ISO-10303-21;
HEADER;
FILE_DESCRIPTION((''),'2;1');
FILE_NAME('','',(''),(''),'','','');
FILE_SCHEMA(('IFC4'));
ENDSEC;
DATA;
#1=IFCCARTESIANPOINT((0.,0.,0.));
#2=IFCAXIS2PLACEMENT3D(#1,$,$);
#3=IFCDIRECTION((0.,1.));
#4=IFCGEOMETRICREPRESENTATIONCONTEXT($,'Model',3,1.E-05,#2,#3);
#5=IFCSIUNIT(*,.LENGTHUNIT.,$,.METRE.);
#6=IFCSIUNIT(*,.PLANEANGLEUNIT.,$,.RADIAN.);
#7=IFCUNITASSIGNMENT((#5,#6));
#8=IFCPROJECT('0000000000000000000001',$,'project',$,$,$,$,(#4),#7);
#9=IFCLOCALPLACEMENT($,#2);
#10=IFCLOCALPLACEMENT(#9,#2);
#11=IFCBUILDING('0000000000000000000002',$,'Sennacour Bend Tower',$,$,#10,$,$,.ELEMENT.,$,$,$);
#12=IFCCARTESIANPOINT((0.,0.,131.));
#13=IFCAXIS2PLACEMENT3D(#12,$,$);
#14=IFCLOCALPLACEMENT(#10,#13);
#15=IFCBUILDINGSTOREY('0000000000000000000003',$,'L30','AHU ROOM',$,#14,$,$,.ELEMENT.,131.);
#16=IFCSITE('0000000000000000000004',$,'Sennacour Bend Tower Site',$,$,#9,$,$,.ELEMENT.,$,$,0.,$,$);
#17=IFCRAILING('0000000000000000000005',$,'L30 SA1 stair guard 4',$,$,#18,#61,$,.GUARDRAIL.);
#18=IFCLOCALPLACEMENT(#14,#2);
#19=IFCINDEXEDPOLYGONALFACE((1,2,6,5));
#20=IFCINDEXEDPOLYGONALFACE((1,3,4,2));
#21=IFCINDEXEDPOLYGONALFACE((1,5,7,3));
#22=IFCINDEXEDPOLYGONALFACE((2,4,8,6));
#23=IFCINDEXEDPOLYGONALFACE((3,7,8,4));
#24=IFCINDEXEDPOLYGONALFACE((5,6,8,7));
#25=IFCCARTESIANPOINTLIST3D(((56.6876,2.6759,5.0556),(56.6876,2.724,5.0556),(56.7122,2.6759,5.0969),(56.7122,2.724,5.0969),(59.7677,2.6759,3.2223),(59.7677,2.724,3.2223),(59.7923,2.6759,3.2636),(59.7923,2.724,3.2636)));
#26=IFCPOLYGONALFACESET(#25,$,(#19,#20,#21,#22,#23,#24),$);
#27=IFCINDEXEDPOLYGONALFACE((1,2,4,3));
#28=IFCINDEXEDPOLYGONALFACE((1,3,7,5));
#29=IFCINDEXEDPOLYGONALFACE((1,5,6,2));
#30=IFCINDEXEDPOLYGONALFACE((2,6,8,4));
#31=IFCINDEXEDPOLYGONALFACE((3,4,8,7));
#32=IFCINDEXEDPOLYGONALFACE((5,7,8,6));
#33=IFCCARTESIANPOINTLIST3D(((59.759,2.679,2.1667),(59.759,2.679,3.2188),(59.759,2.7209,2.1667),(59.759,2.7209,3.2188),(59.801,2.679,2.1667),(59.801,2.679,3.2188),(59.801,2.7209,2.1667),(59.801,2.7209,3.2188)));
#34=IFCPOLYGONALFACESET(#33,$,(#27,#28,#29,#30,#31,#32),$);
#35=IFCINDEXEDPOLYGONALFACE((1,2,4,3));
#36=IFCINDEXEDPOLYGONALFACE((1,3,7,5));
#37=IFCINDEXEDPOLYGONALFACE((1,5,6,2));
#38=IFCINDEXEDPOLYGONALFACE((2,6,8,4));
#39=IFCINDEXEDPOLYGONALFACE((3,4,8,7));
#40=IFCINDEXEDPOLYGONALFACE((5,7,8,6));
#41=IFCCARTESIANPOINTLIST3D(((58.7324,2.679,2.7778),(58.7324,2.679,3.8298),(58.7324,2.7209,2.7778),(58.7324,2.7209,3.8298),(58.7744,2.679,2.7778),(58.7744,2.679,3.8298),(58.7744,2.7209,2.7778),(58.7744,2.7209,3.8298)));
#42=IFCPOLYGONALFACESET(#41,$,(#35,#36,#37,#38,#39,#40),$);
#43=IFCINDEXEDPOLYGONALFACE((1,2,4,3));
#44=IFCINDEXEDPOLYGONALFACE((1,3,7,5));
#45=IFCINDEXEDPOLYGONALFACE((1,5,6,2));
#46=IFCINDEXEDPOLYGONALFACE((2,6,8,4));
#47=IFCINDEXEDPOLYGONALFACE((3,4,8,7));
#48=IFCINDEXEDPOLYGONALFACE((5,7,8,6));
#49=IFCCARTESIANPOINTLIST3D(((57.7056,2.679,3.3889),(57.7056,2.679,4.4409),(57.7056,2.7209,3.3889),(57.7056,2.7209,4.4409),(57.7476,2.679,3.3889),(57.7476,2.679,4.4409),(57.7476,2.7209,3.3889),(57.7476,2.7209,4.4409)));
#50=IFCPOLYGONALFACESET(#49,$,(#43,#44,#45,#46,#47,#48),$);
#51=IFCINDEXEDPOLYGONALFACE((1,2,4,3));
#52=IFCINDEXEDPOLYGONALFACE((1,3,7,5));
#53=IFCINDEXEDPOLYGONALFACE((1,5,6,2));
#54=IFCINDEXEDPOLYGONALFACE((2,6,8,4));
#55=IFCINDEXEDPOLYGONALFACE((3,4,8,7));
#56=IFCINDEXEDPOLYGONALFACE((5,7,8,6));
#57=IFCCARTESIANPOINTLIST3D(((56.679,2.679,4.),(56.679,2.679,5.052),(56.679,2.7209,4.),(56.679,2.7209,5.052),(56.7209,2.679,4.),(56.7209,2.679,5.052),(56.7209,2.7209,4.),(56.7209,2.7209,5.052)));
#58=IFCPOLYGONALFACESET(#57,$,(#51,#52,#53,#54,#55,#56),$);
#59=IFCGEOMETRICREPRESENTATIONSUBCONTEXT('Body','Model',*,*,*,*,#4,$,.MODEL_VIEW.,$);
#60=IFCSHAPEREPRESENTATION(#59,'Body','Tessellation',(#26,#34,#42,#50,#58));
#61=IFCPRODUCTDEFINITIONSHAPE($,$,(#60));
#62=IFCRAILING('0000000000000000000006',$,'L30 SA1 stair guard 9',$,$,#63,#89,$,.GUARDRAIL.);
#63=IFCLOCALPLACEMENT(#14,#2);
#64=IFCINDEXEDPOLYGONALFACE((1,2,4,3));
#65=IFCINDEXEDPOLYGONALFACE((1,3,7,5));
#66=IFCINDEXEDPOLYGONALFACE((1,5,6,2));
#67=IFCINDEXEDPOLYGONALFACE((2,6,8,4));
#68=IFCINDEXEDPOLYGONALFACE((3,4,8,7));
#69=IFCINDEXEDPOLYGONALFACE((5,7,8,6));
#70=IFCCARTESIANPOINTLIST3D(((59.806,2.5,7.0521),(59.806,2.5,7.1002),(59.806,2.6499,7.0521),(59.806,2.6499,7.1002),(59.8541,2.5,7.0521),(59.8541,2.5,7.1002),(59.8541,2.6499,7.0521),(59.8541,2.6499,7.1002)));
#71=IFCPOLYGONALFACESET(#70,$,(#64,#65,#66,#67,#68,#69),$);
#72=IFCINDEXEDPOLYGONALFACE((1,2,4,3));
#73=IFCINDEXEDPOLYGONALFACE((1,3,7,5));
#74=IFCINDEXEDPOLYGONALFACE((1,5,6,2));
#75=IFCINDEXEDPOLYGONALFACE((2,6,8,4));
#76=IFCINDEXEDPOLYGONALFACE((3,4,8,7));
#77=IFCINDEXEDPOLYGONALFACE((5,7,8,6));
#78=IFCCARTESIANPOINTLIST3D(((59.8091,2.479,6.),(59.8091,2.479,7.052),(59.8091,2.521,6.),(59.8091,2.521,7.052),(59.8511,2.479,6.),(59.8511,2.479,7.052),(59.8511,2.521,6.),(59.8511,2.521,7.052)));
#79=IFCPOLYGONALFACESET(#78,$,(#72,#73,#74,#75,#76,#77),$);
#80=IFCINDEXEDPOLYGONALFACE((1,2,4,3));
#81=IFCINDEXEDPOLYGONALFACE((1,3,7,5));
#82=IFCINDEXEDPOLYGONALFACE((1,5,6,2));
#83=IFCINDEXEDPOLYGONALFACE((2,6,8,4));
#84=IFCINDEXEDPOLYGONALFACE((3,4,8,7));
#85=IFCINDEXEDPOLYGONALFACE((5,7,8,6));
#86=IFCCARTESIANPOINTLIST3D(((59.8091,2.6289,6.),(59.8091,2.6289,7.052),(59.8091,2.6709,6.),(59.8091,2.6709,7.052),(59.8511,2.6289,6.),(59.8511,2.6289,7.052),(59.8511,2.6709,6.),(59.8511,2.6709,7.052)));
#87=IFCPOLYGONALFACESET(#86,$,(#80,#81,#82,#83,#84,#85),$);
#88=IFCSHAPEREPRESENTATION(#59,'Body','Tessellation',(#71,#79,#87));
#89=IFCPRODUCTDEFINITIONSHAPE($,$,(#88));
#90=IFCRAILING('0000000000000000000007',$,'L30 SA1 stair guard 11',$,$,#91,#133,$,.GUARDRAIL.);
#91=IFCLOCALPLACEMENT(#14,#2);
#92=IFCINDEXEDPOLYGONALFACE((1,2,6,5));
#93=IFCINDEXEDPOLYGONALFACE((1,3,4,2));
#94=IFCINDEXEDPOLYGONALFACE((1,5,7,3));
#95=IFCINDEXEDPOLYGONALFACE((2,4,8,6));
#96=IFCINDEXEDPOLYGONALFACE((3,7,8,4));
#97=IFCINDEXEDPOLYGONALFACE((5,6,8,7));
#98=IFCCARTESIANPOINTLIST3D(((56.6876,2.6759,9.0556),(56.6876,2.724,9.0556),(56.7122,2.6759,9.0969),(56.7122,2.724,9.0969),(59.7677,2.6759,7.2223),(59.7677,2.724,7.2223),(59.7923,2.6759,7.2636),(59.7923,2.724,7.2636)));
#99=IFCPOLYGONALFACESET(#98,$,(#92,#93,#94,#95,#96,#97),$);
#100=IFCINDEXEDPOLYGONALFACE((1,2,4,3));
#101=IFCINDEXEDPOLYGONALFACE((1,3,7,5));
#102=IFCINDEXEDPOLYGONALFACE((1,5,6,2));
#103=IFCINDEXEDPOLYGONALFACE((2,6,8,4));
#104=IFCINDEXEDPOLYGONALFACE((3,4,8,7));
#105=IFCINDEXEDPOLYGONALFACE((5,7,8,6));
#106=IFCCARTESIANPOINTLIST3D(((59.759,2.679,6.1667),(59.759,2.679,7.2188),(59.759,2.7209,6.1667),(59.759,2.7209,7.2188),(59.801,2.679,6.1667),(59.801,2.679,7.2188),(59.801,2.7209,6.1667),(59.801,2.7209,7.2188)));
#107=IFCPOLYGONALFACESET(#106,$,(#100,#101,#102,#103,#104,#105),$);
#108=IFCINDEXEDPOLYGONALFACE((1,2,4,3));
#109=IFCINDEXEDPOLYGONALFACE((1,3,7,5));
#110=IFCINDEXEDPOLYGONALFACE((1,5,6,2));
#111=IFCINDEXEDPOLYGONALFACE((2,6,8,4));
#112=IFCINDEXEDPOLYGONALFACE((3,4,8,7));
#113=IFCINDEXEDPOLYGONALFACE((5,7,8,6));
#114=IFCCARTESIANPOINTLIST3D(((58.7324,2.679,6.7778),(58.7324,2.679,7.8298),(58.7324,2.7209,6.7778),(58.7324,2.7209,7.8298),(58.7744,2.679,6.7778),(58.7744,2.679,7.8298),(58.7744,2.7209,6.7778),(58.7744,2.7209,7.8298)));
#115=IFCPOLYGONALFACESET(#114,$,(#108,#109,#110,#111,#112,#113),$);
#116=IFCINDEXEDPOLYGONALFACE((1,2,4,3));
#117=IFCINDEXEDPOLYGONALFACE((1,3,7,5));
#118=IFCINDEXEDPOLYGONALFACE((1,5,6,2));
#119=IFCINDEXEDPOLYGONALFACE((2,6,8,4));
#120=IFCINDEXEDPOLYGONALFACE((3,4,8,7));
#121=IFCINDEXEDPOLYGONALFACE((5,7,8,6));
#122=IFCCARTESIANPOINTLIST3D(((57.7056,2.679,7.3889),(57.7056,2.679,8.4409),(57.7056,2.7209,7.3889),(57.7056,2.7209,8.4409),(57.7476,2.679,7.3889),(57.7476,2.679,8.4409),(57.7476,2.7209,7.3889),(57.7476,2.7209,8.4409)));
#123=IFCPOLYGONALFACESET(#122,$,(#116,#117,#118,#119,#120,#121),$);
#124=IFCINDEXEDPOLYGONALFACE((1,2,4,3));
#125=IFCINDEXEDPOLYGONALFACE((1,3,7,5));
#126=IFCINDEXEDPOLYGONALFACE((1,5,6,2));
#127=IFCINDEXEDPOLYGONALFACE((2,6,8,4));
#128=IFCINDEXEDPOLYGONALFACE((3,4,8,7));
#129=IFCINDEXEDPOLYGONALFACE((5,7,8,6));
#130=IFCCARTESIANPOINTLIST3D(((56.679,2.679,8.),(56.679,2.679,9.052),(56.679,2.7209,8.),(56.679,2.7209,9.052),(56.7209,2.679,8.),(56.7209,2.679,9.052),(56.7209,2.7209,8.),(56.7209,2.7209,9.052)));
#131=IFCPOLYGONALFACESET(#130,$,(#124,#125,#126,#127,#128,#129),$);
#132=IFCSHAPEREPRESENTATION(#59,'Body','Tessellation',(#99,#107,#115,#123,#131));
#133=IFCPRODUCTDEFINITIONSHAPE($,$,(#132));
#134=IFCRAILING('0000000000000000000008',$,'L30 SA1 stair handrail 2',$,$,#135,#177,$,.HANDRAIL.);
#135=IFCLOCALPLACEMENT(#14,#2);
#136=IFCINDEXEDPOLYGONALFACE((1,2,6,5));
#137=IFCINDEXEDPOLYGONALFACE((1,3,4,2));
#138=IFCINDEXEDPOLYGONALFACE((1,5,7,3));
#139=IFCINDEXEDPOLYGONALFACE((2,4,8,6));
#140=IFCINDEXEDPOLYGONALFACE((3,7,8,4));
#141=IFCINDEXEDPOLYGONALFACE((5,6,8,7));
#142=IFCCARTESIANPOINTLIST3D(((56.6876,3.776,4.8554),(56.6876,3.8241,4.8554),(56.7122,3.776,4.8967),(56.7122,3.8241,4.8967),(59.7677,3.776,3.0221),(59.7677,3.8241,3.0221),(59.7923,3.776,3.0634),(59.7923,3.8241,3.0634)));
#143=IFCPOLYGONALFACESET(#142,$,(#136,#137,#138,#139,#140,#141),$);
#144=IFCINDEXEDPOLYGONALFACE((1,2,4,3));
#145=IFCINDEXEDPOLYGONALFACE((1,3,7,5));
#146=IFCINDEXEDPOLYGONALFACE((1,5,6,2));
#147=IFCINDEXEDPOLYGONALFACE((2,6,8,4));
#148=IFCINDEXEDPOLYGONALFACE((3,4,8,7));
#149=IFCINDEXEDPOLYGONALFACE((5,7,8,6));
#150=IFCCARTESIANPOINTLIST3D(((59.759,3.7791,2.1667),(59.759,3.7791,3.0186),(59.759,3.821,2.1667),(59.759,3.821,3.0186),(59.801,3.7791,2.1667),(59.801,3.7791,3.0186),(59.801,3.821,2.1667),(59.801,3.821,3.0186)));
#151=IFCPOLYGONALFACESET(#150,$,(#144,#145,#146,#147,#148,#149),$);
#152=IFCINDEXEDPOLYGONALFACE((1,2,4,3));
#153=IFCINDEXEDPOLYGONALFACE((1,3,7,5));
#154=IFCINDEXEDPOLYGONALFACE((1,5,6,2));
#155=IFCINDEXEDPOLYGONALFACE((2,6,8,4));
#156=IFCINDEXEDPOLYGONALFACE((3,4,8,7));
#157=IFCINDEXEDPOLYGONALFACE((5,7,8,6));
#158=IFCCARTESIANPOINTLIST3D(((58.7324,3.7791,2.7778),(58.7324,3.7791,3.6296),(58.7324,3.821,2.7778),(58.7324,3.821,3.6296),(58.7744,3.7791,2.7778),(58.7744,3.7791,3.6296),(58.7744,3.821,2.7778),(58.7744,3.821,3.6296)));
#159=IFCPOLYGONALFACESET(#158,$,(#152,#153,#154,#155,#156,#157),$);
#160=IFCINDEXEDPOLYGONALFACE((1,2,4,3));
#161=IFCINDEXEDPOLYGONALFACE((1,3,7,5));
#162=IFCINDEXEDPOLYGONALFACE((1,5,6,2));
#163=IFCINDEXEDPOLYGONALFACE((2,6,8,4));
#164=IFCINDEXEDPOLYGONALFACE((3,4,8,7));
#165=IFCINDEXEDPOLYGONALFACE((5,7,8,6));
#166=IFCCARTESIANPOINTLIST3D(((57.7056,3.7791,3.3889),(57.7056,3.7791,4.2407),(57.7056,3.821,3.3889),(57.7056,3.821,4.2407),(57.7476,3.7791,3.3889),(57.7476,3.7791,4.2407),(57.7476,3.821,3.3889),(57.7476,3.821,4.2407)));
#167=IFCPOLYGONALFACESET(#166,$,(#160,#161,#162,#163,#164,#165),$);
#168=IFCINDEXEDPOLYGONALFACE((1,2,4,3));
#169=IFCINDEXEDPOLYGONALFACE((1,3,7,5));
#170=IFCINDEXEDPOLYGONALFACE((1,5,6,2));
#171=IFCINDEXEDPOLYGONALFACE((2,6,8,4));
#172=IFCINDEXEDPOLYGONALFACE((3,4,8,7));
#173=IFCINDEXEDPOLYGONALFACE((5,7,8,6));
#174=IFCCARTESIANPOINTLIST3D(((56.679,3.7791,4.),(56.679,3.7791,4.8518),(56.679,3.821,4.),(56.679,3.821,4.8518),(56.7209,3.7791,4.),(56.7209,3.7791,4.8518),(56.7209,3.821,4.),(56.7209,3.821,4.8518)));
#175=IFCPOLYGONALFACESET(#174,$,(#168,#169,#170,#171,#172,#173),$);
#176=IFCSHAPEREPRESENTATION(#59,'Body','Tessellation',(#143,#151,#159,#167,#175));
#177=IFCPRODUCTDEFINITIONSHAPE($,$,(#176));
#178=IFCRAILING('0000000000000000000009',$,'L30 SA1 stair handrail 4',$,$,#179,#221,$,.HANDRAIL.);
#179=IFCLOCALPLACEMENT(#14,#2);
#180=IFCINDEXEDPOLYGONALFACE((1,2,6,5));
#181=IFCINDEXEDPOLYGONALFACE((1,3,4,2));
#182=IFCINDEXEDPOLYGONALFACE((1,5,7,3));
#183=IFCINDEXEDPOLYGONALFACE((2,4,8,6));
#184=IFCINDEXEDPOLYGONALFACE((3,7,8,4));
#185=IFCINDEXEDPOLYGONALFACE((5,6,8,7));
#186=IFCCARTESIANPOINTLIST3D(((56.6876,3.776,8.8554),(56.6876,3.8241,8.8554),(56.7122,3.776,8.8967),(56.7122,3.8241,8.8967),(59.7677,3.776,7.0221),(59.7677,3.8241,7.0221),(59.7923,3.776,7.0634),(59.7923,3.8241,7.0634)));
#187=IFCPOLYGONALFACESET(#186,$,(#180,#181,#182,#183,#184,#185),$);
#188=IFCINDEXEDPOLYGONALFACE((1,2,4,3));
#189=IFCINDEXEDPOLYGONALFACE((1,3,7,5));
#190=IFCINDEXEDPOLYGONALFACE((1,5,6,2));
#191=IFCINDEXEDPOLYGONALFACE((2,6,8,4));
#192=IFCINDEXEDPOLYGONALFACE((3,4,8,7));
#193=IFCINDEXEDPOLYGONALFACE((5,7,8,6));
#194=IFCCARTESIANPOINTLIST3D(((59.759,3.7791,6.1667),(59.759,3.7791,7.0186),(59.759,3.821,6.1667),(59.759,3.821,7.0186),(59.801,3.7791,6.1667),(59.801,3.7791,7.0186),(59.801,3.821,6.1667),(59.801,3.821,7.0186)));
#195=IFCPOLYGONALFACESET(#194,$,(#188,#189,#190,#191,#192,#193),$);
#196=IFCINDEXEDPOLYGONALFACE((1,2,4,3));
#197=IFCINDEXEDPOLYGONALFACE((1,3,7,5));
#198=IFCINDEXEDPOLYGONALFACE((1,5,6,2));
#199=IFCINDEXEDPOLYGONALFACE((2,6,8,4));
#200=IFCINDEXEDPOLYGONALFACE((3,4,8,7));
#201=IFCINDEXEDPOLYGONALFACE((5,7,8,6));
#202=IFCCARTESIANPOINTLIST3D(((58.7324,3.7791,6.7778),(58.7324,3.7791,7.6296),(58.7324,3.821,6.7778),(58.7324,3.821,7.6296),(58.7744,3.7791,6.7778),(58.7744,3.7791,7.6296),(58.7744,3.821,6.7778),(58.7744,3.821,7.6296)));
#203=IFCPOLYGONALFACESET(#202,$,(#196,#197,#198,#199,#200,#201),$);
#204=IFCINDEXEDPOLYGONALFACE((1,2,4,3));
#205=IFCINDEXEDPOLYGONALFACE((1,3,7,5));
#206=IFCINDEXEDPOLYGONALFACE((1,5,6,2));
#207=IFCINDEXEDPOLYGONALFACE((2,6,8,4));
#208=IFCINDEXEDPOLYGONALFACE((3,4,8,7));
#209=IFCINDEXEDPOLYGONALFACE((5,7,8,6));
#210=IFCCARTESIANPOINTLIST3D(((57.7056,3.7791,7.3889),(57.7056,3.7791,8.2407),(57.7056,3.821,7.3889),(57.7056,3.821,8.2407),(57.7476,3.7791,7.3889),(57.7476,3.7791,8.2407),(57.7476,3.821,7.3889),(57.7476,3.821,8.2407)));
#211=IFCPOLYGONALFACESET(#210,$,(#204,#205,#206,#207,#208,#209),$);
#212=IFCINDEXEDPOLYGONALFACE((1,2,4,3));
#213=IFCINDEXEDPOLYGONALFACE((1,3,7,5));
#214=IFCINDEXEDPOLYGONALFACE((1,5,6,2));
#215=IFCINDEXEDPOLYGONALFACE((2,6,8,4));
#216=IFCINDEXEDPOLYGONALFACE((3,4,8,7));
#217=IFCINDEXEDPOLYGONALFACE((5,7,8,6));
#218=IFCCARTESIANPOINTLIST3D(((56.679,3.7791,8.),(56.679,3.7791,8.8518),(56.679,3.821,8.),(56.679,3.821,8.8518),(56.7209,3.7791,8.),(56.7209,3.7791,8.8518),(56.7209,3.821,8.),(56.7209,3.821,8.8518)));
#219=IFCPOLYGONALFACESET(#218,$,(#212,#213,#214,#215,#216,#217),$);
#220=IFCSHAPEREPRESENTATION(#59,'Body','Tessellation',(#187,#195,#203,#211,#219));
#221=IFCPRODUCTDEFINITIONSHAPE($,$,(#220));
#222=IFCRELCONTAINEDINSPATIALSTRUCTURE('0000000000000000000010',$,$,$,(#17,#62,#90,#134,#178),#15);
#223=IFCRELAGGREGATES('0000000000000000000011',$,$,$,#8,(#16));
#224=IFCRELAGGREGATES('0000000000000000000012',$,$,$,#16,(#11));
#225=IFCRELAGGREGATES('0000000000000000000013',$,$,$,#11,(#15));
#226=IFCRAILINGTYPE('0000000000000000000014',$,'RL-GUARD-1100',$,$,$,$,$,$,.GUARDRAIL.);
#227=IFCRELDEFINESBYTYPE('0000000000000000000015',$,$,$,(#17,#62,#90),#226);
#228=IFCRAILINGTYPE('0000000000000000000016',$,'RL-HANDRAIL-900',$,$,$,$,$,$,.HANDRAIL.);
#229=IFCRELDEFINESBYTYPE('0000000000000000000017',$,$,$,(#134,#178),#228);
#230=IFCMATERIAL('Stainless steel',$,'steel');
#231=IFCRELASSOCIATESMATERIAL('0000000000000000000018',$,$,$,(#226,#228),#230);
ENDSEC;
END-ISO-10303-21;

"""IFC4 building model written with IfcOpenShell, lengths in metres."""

from ifc_helpers import new_model, si_unit, direction, frame, origin, origin_2d, place, context, subcontext, project, spatial, rectangle, extrude, material, type_object, element, save


model = new_model("IFC4")

# Units and contexts
model_context = context("Model", 3, precision=1e-05, world=origin(), true_north=direction((0.0, 1.0)))
body_context = subcontext(model_context, "Body", "Model", "MODEL_VIEW")
ifc_project = project(units=[si_unit("LENGTHUNIT", "METRE"), si_unit("PLANEANGLEUNIT", "RADIAN")], contexts=[model_context])

# Site, building, storey
site_placement = place(None, origin())
site = spatial("IfcSite", under=ifc_project, at=site_placement, Name="Sennacour Bend Tower Site", CompositionType="ELEMENT", RefElevation=0.0)
building_placement = place(site_placement, origin())
building = spatial("IfcBuilding", under=site, at=building_placement, Name="Sennacour Bend Tower", CompositionType="ELEMENT")
storey_placement = place(building_placement, frame((0.0, 0.0, 131.0)))
storey = spatial("IfcBuildingStorey", under=building, at=storey_placement, Name="L30", Description="AHU ROOM", CompositionType="ELEMENT", Elevation=131.0)

# Shared definitions
ifc_material_1 = material(Name="Stainless steel", Category="steel")

# Railings
railing_type_1 = type_object("IfcRailingType", Name="RL-GUARD-1100", PredefinedType="GUARDRAIL", material=ifc_material_1)
railing_1_placement = place(storey_placement, frame((59.78, 2.7, 2.1667)))
element("IfcRailing", 1, at=railing_1_placement, inside=storey, type_object=railing_type_1, Name="L30 SA1 stair guard 4", PredefinedType="GUARDRAIL", context=body_context, shape_type="SweptSolid", body=[
    extrude(rectangle(XDim=0.0481, YDim=0.0481, at=origin_2d()), frame((0.0, 0.0, 1.0762), z_axis=(-0.859309, 0.0, 0.511458), x_axis=(0.0, -1.0, 0.0)), (0.0, 0.0, 1.0), 3.5845),
    extrude(rectangle(XDim=0.042, YDim=0.042, at=origin_2d()), origin(), (0.0, 0.0, 1.0), 1.052),
    extrude(rectangle(XDim=0.042, YDim=0.042, at=origin_2d()), frame((-1.0266, 0.0, 0.6111)), (0.0, 0.0, 1.0), 1.052),
    extrude(rectangle(XDim=0.042, YDim=0.042, at=origin_2d()), frame((-2.0535, 0.0, 1.2222)), (0.0, 0.0, 1.0), 1.052),
    extrude(rectangle(XDim=0.042, YDim=0.042, at=origin_2d()), frame((-3.0801, 0.0, 1.8333)), (0.0, 0.0, 1.0), 1.052),
])
railing_2_placement = place(storey_placement, frame((59.8301, 2.5, 6.0)))
element("IfcRailing", 2, at=railing_2_placement, inside=storey, type_object=railing_type_1, Name="L30 SA1 stair guard 9", PredefinedType="GUARDRAIL", context=body_context, shape_type="SweptSolid", body=[
    extrude(rectangle(XDim=0.0481, YDim=0.0481, at=origin_2d()), frame((0.0, 0.0, 1.0762), z_axis=(0.0, 1.0, 0.0), x_axis=(-1.0, 0.0, 0.0)), (0.0, 0.0, 1.0), 0.1499),
    extrude(rectangle(XDim=0.042, YDim=0.042, at=origin_2d()), origin(), (0.0, 0.0, 1.0), 1.052),
    extrude(rectangle(XDim=0.042, YDim=0.042, at=origin_2d()), frame((0.0, 0.1499, 0.0)), (0.0, 0.0, 1.0), 1.052),
])
railing_3_placement = place(storey_placement, frame((59.78, 2.7, 6.1667)))
element("IfcRailing", 3, at=railing_3_placement, inside=storey, type_object=railing_type_1, Name="L30 SA1 stair guard 11", PredefinedType="GUARDRAIL", context=body_context, shape_type="SweptSolid", body=[
    extrude(rectangle(XDim=0.0481, YDim=0.0481, at=origin_2d()), frame((0.0, 0.0, 1.0762), z_axis=(-0.859309, 0.0, 0.511458), x_axis=(0.0, -1.0, 0.0)), (0.0, 0.0, 1.0), 3.5845),
    extrude(rectangle(XDim=0.042, YDim=0.042, at=origin_2d()), origin(), (0.0, 0.0, 1.0), 1.052),
    extrude(rectangle(XDim=0.042, YDim=0.042, at=origin_2d()), frame((-1.0266, 0.0, 0.6111)), (0.0, 0.0, 1.0), 1.052),
    extrude(rectangle(XDim=0.042, YDim=0.042, at=origin_2d()), frame((-2.0535, 0.0, 1.2222)), (0.0, 0.0, 1.0), 1.052),
    extrude(rectangle(XDim=0.042, YDim=0.042, at=origin_2d()), frame((-3.0801, 0.0, 1.8333)), (0.0, 0.0, 1.0), 1.052),
])
railing_type_2 = type_object("IfcRailingType", Name="RL-HANDRAIL-900", PredefinedType="HANDRAIL", material=ifc_material_1)
for number, where, name in (
    (4, (59.78, 3.8, 2.1667), "L30 SA1 stair handrail 2"),
    (5, (59.78, 3.8, 6.1667), "L30 SA1 stair handrail 4"),
):
    element("IfcRailing", number, at=place(storey_placement, frame(where)), inside=storey, type_object=railing_type_2, Name=name, PredefinedType="HANDRAIL", context=body_context, shape_type="SweptSolid", body=[
        extrude(rectangle(XDim=0.0481, YDim=0.0481, at=origin_2d()), frame((0.0, 0.0, 0.876), z_axis=(-0.859309, 0.0, 0.511458), x_axis=(0.0, -1.0, 0.0)), (0.0, 0.0, 1.0), 3.5845),
        extrude(rectangle(XDim=0.042, YDim=0.042, at=origin_2d()), origin(), (0.0, 0.0, 1.0), 0.8518),
        extrude(rectangle(XDim=0.042, YDim=0.042, at=origin_2d()), frame((-1.0266, 0.0, 0.6111)), (0.0, 0.0, 1.0), 0.8518),
        extrude(rectangle(XDim=0.042, YDim=0.042, at=origin_2d()), frame((-2.0535, 0.0, 1.2222)), (0.0, 0.0, 1.0), 0.8518),
        extrude(rectangle(XDim=0.042, YDim=0.042, at=origin_2d()), frame((-3.0801, 0.0, 1.8333)), (0.0, 0.0, 1.0), 0.8518),
    ])

save(model, "model.ifc")
